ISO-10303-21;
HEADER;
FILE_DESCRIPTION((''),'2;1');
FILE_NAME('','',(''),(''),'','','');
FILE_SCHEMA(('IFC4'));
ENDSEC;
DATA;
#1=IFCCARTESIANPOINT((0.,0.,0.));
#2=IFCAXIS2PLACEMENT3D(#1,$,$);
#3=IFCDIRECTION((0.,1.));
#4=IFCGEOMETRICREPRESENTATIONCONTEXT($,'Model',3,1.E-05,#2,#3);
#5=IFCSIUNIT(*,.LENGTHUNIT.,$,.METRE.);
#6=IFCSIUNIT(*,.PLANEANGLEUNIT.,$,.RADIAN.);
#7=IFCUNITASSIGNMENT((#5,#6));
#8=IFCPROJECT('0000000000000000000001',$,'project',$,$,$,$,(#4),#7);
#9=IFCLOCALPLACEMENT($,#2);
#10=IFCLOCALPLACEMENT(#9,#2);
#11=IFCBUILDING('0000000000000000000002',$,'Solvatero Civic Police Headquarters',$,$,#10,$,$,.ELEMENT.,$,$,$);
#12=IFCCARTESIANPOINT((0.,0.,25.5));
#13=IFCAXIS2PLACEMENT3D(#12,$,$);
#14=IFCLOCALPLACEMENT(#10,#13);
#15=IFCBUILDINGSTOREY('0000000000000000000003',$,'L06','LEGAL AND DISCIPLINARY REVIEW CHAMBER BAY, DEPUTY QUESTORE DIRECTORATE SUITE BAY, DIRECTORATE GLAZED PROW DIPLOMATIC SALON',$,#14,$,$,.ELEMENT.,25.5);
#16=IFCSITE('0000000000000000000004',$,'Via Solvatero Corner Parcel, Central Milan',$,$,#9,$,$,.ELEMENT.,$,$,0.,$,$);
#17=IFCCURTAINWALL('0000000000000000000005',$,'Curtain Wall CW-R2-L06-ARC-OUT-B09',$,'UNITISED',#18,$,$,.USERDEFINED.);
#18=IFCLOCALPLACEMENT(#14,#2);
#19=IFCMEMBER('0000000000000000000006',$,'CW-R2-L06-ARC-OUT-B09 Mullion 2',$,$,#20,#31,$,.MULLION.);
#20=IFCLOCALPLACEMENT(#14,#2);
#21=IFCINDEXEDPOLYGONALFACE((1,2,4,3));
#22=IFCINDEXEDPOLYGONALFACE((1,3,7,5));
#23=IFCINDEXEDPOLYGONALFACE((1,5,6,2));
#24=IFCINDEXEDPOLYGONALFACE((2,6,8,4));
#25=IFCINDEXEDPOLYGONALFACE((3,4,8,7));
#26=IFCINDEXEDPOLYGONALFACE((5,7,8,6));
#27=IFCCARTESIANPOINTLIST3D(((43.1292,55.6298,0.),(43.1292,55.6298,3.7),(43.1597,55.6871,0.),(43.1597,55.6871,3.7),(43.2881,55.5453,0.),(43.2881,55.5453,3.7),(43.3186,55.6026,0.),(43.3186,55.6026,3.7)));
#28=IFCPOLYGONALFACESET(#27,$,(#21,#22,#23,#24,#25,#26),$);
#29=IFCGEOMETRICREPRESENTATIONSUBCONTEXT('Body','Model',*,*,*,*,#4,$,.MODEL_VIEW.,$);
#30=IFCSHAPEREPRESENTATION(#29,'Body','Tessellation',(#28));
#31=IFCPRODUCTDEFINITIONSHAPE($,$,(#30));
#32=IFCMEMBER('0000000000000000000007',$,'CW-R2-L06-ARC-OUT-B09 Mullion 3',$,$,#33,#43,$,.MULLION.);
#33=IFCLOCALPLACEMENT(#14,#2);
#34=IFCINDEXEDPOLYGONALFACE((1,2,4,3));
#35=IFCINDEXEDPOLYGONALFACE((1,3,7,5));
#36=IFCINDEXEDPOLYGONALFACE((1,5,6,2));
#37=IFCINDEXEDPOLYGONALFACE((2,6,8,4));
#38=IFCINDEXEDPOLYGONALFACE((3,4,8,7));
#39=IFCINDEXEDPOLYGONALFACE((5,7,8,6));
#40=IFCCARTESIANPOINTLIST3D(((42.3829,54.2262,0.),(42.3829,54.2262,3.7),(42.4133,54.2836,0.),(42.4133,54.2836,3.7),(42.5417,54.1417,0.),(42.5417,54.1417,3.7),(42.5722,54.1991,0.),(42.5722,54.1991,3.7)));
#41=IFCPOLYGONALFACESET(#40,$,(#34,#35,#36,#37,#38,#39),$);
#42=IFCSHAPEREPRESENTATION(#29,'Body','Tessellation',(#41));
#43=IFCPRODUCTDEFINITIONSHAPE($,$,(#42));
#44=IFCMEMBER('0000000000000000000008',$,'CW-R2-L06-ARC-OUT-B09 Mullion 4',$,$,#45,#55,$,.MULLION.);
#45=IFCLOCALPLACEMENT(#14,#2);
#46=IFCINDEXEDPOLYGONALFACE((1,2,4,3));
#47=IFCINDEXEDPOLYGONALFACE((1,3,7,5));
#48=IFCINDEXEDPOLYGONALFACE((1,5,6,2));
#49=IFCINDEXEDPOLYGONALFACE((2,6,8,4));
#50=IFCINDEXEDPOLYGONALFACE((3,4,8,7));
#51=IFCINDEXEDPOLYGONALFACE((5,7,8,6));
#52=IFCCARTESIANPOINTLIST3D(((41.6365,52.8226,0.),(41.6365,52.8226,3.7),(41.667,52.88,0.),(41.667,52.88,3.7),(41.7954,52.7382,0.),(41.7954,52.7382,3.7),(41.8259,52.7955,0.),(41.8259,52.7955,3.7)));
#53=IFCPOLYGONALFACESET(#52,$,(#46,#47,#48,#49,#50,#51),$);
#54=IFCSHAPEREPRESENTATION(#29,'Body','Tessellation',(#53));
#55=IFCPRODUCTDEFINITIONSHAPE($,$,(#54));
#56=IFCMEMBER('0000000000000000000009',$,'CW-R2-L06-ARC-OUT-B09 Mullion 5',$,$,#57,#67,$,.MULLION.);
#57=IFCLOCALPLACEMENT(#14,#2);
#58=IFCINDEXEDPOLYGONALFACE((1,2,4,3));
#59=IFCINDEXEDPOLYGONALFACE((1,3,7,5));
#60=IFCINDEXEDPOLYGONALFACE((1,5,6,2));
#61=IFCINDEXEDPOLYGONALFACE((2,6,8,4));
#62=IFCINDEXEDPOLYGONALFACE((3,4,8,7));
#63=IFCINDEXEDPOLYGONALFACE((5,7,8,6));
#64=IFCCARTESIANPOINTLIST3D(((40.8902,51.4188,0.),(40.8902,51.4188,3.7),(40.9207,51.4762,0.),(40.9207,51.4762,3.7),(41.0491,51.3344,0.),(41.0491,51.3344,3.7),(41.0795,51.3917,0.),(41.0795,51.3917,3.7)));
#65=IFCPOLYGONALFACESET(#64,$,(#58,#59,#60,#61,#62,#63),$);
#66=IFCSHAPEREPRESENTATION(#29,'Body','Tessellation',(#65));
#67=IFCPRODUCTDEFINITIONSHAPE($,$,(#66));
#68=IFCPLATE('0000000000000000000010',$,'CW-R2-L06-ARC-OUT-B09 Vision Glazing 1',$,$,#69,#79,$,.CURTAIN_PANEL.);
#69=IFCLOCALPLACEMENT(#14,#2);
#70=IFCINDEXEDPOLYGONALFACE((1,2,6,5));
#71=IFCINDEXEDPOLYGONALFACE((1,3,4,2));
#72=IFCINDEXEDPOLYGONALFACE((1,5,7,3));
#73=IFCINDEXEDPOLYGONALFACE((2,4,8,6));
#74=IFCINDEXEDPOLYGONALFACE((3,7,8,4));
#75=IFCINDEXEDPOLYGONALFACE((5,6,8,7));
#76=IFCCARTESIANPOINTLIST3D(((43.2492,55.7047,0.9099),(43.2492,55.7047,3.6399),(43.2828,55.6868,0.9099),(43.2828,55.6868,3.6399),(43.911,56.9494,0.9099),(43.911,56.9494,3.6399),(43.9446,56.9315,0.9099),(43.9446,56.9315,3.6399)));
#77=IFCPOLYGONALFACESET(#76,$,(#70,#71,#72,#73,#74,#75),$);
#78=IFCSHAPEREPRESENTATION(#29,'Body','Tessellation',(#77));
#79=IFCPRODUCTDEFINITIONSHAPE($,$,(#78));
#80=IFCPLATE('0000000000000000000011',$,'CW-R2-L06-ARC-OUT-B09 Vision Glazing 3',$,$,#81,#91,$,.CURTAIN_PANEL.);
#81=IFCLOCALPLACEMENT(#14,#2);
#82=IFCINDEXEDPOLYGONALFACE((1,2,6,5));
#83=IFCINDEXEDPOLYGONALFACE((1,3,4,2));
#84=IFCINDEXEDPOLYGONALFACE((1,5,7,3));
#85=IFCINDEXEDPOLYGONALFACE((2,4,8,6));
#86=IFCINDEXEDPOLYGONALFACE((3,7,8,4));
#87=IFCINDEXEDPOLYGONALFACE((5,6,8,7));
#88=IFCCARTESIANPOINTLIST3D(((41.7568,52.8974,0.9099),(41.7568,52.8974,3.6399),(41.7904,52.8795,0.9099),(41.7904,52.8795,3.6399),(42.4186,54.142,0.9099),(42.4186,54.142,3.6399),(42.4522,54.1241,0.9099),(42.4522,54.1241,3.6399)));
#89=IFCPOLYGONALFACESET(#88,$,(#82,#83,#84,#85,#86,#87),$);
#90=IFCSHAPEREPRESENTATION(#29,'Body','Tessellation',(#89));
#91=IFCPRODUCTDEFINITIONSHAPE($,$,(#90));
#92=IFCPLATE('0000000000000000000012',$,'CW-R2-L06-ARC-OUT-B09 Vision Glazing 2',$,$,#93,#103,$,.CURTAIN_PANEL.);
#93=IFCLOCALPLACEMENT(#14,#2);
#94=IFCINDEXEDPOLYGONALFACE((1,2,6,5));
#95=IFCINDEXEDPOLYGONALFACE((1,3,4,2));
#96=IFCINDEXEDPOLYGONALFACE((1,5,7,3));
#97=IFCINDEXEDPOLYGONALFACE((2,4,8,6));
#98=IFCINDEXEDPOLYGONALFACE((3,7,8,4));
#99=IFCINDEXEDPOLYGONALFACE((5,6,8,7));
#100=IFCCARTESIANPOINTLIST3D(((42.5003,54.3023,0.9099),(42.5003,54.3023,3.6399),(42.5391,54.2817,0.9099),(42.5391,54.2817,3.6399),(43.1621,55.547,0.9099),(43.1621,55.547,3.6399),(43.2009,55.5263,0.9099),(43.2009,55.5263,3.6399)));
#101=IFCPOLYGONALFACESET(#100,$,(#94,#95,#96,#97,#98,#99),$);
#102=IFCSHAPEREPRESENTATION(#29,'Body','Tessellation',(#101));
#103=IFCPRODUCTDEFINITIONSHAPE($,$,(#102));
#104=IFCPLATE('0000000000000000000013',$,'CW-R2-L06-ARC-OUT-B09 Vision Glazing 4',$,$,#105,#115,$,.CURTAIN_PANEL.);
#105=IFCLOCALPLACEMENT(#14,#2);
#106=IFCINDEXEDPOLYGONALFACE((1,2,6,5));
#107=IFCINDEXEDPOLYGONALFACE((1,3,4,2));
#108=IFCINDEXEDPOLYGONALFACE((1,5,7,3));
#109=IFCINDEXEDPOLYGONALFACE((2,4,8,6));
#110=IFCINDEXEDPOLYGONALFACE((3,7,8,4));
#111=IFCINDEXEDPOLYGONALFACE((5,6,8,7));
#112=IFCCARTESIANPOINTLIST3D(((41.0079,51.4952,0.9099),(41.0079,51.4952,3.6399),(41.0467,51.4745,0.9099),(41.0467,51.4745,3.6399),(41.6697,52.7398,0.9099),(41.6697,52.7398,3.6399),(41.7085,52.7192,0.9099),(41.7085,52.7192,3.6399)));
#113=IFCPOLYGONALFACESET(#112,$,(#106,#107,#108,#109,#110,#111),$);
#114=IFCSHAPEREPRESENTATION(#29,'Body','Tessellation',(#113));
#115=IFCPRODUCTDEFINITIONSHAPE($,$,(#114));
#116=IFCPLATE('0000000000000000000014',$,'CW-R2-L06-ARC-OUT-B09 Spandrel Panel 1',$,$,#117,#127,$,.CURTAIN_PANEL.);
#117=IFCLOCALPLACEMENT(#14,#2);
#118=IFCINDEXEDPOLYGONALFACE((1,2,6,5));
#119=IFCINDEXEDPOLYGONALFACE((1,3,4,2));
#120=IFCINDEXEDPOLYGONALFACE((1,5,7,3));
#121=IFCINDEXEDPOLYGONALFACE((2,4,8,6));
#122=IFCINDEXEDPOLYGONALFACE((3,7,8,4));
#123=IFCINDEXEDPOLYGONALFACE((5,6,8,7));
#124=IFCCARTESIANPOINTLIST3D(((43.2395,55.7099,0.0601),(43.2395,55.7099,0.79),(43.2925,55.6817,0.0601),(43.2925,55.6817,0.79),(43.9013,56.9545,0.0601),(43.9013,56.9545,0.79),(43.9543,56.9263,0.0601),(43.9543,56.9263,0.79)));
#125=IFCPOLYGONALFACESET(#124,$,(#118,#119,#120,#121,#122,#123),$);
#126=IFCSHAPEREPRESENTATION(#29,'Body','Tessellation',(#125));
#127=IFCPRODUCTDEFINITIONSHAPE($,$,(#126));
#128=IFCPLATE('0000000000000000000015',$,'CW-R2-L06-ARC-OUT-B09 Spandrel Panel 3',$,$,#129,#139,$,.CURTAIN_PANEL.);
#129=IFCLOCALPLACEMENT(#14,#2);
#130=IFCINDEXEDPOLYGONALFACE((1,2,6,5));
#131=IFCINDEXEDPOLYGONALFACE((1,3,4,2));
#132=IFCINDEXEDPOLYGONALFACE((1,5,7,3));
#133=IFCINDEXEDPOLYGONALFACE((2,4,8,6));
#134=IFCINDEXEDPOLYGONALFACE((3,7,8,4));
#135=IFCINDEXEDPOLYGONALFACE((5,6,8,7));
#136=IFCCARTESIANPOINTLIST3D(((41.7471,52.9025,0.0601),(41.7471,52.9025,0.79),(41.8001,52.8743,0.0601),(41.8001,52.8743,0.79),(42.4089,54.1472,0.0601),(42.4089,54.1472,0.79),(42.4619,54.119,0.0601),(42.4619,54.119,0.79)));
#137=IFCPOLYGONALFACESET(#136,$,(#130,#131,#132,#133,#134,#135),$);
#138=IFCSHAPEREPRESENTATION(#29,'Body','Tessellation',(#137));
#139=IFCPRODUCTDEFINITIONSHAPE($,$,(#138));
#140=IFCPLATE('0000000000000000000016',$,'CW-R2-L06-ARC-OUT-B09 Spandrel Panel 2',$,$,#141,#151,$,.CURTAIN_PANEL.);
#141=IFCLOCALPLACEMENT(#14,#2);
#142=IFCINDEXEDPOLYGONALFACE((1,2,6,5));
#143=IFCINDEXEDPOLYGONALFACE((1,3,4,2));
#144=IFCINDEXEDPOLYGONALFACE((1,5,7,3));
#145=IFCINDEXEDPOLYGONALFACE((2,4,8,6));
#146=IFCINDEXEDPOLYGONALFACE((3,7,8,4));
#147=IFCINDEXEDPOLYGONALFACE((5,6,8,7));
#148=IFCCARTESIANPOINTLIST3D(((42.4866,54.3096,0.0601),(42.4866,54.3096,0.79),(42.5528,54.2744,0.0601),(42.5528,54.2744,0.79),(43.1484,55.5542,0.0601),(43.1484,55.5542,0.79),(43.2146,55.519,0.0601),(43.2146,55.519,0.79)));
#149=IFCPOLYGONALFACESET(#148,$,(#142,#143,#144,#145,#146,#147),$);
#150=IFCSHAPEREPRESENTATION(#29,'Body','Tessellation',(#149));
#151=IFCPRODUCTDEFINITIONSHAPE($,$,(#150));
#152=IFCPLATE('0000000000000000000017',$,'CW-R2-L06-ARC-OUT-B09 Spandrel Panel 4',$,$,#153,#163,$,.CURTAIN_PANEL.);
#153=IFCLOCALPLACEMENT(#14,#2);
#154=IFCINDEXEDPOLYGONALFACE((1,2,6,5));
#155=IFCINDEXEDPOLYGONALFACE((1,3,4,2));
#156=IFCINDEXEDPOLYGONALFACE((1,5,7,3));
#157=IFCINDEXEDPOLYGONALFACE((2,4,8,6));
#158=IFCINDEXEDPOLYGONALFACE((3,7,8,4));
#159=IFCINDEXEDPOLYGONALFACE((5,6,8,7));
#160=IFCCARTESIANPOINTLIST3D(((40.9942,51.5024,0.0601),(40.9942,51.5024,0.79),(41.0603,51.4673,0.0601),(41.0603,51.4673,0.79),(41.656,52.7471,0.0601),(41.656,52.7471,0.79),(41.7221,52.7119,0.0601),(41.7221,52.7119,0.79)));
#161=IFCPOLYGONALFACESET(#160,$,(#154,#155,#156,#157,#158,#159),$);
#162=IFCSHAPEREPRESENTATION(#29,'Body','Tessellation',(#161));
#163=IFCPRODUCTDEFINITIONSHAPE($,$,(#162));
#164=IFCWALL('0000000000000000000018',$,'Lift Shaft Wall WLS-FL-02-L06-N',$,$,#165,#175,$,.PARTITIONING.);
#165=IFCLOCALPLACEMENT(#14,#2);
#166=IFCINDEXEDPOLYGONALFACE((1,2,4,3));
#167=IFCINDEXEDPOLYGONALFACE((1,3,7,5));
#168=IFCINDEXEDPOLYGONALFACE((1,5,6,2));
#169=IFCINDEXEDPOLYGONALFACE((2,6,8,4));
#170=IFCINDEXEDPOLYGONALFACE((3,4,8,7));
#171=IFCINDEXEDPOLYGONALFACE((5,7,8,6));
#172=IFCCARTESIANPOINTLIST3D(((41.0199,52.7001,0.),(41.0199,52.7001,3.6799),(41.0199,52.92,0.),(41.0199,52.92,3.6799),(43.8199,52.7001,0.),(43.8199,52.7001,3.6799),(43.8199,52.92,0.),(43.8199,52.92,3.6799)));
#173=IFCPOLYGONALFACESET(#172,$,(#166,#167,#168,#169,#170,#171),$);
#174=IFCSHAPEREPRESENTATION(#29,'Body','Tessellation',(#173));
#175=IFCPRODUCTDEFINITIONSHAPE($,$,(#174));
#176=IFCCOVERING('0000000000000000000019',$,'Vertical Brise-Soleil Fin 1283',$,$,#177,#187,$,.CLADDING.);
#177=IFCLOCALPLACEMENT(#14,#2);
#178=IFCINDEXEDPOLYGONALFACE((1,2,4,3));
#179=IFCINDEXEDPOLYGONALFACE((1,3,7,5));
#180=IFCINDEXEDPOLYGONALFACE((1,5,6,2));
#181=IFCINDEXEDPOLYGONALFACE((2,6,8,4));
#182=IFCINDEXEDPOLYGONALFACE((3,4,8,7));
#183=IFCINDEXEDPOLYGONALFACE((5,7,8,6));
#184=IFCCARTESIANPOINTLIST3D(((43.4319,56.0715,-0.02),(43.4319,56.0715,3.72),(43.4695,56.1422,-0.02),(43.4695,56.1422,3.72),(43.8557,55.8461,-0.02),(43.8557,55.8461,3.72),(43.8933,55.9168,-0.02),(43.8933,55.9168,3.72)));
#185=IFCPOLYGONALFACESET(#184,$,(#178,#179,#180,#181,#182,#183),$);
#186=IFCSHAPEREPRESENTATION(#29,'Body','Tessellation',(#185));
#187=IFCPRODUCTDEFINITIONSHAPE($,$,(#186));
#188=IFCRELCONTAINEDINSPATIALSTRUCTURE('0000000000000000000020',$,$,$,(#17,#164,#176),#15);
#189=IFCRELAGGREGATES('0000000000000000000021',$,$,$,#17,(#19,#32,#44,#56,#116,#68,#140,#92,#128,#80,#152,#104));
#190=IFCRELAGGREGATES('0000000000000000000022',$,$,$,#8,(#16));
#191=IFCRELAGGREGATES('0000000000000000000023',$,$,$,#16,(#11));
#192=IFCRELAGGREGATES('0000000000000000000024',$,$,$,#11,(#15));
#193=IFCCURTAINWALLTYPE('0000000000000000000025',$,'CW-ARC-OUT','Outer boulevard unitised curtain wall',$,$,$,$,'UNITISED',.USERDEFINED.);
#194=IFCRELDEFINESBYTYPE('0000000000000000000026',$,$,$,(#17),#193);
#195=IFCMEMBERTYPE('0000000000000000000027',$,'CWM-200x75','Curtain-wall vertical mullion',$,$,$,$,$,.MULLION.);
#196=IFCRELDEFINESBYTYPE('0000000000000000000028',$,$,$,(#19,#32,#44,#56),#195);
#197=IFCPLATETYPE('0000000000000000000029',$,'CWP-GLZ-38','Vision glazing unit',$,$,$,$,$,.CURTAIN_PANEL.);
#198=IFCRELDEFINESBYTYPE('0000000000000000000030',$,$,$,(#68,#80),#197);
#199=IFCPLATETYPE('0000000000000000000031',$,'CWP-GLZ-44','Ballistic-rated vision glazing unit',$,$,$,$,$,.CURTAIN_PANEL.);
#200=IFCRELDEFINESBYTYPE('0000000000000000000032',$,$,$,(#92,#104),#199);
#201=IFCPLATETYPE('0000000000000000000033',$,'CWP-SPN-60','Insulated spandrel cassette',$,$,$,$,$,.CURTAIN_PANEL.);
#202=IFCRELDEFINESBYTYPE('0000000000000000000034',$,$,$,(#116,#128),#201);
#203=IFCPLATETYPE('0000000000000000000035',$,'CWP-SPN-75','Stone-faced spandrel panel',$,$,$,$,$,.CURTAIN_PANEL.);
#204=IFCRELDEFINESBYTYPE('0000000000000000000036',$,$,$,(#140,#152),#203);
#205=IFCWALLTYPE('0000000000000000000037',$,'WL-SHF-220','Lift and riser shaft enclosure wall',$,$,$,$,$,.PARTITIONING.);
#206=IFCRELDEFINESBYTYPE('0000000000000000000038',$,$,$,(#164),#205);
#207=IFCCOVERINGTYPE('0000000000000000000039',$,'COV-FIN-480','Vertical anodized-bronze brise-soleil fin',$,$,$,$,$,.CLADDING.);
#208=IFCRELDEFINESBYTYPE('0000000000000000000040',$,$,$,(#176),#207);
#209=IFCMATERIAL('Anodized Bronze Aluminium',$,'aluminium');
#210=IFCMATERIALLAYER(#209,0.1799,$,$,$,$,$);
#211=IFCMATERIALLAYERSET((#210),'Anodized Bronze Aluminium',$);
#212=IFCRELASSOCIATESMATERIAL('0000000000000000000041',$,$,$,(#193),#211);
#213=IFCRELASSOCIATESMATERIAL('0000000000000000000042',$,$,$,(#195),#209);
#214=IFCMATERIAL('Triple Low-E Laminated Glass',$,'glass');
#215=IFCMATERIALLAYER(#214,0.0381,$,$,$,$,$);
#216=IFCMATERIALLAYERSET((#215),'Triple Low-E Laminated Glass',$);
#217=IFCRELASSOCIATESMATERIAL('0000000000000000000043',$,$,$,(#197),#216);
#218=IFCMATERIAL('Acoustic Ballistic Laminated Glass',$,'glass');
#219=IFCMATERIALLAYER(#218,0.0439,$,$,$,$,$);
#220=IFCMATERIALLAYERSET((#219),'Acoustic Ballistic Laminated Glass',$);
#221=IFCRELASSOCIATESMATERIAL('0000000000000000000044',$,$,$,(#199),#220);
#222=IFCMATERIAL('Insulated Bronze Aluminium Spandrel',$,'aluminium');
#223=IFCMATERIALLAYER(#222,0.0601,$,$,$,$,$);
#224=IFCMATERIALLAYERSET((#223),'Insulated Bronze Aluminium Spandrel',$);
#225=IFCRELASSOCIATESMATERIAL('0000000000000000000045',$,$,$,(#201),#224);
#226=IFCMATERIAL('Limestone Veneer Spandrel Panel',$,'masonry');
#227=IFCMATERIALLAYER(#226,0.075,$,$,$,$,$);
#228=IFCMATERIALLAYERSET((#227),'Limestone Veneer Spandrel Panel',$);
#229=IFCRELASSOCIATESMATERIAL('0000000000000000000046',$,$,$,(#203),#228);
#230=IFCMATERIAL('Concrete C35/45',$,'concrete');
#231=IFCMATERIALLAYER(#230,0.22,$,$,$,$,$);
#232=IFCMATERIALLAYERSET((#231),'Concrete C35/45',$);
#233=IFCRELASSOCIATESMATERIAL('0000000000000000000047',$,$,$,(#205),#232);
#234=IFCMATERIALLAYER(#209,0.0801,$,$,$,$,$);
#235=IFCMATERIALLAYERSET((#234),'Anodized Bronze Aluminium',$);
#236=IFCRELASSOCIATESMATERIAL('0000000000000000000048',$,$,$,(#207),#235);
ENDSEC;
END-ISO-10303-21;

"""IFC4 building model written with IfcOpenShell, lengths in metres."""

from ifc_helpers import new_model, si_unit, direction, frame, frame_2d, origin, origin_2d, place, context, subcontext, project, spatial, rectangle, extrude, material, layer, layer_set, material_profile, profile_set, type_object, element, aggregate, save


model = new_model("IFC4")

# Units and contexts
model_context = context("Model", 3, precision=1e-05, world=origin(), true_north=direction((0.0, 1.0)))
body_context = subcontext(model_context, "Body", "Model", "MODEL_VIEW")
ifc_project = project(units=[si_unit("LENGTHUNIT", "METRE"), si_unit("PLANEANGLEUNIT", "RADIAN")], contexts=[model_context])

# Site, building, storey
site_placement = place(None, origin())
site = spatial("IfcSite", under=ifc_project, at=site_placement, Name="Via Solvatero Corner Parcel, Central Milan", CompositionType="ELEMENT", RefElevation=0.0)
building_placement = place(site_placement, origin())
building = spatial("IfcBuilding", under=site, at=building_placement, Name="Solvatero Civic Police Headquarters", CompositionType="ELEMENT")
storey_placement = place(building_placement, frame((0.0, 0.0, 25.5)))
storey = spatial("IfcBuildingStorey", under=building, at=storey_placement, Name="L06", Description="LEGAL AND DISCIPLINARY REVIEW CHAMBER BAY, DEPUTY QUESTORE DIRECTORATE SUITE BAY, DIRECTORATE GLAZED PROW DIPLOMATIC SALON", CompositionType="ELEMENT", Elevation=25.5)

# Curtain wall, members, plates
ifc_material_1 = material(Name="Anodized Bronze Aluminium", Category="aluminium")
ifc_layer_1 = layer(ifc_material_1, 0.1799)
ifc_layer_set_1 = layer_set([ifc_layer_1], Name="Anodized Bronze Aluminium")
curtain_wall_type = type_object("IfcCurtainWallType", Name="CW-ARC-OUT", Description="Outer boulevard unitised curtain wall", ElementType="UNITISED", PredefinedType="USERDEFINED", material=ifc_layer_set_1)
curtain_wall_placement = place(storey_placement, origin())
curtain_wall = element("IfcCurtainWall", 1, at=curtain_wall_placement, inside=storey, type_object=curtain_wall_type, Name="Curtain Wall CW-R2-L06-ARC-OUT-B09", ObjectType="UNITISED", PredefinedType="USERDEFINED")
ifc_material_profile = material_profile(ifc_material_1, rectangle(XDim=0.0649, YDim=0.1799, at=origin_2d()), Name="ALU MULLION 65x180")
ifc_profile_set = profile_set([ifc_material_profile], Name="Anodized Bronze Aluminium")
member_type = type_object("IfcMemberType", Name="CWM-200x75", Description="Curtain-wall vertical mullion", PredefinedType="MULLION", material=ifc_profile_set)
member_1_placement = place(storey_placement, frame((43.2239, 55.6162, 0.0), z_axis=(0.0, 0.0, 1.0), x_axis=(-0.469472, -0.882948, 0.0)))
member_1 = element("IfcMember", 2, at=member_1_placement, type_object=member_type, Name="CW-R2-L06-ARC-OUT-B09 Mullion 2", PredefinedType="MULLION", context=body_context, shape_type="SweptSolid", body=[
    extrude(rectangle(XDim=0.0649, YDim=0.1799, at=origin_2d()), origin(), (0.0, 0.0, 1.0), 3.7),
])
member_2_placement = place(storey_placement, frame((42.4775, 54.2126, 0.0), z_axis=(0.0, 0.0, 1.0), x_axis=(-0.469472, -0.882948, 0.0)))
member_2 = element("IfcMember", 3, at=member_2_placement, type_object=member_type, Name="CW-R2-L06-ARC-OUT-B09 Mullion 3", PredefinedType="MULLION", context=body_context, shape_type="SweptSolid", body=[
    extrude(rectangle(XDim=0.0649, YDim=0.1799, at=origin_2d()), origin(), (0.0, 0.0, 1.0), 3.7),
])
member_3_placement = place(storey_placement, frame((41.7312, 52.8091, 0.0), z_axis=(0.0, 0.0, 1.0), x_axis=(-0.469472, -0.882948, 0.0)))
member_3 = element("IfcMember", 4, at=member_3_placement, type_object=member_type, Name="CW-R2-L06-ARC-OUT-B09 Mullion 4", PredefinedType="MULLION", context=body_context, shape_type="SweptSolid", body=[
    extrude(rectangle(XDim=0.0649, YDim=0.1799, at=origin_2d()), origin(), (0.0, 0.0, 1.0), 3.7),
])
member_4_placement = place(storey_placement, frame((40.9849, 51.4053, 0.0), z_axis=(0.0, 0.0, 1.0), x_axis=(-0.469472, -0.882948, 0.0)))
member_4 = element("IfcMember", 5, at=member_4_placement, type_object=member_type, Name="CW-R2-L06-ARC-OUT-B09 Mullion 5", PredefinedType="MULLION", context=body_context, shape_type="SweptSolid", body=[
    extrude(rectangle(XDim=0.0649, YDim=0.1799, at=origin_2d()), origin(), (0.0, 0.0, 1.0), 3.7),
])
ifc_material_2 = material(Name="Triple Low-E Laminated Glass", Category="glass")
ifc_layer_2 = layer(ifc_material_2, 0.0381)
ifc_layer_set_2 = layer_set([ifc_layer_2], Name="Triple Low-E Laminated Glass")
plate_type_1 = type_object("IfcPlateType", Name="CWP-GLZ-38", Description="Vision glazing unit", PredefinedType="CURTAIN_PANEL", material=ifc_layer_set_2)
plate_1_placement = place(storey_placement, frame((43.5969, 56.3181, 0.9099), z_axis=(0.0, 0.0, 1.0), x_axis=(-0.469472, -0.882948, 0.0)))
plate_1 = element("IfcPlate", 6, at=plate_1_placement, type_object=plate_type_1, Name="CW-R2-L06-ARC-OUT-B09 Vision Glazing 1", PredefinedType="CURTAIN_PANEL", context=body_context, shape_type="SweptSolid", body=[
    extrude(rectangle(XDim=1.4097, YDim=0.0381, at=origin_2d()), origin(), (0.0, 0.0, 1.0), 2.73),
])
plate_2_placement = place(storey_placement, frame((42.1045, 53.5107, 0.9099), z_axis=(0.0, 0.0, 1.0), x_axis=(-0.469472, -0.882948, 0.0)))
plate_2 = element("IfcPlate", 7, at=plate_2_placement, type_object=plate_type_1, Name="CW-R2-L06-ARC-OUT-B09 Vision Glazing 3", PredefinedType="CURTAIN_PANEL", context=body_context, shape_type="SweptSolid", body=[
    extrude(rectangle(XDim=1.4097, YDim=0.0381, at=origin_2d()), origin(), (0.0, 0.0, 1.0), 2.73),
])
ifc_material_3 = material(Name="Acoustic Ballistic Laminated Glass", Category="glass")
ifc_layer_3 = layer(ifc_material_3, 0.0439)
ifc_layer_set_3 = layer_set([ifc_layer_3], Name="Acoustic Ballistic Laminated Glass")
plate_type_2 = type_object("IfcPlateType", Name="CWP-GLZ-44", Description="Ballistic-rated vision glazing unit", PredefinedType="CURTAIN_PANEL", material=ifc_layer_set_3)
plate_3_placement = place(storey_placement, frame((42.8506, 54.9143, 0.9099), z_axis=(0.0, 0.0, 1.0), x_axis=(-0.469472, -0.882948, 0.0)))
plate_3 = element("IfcPlate", 8, at=plate_3_placement, type_object=plate_type_2, Name="CW-R2-L06-ARC-OUT-B09 Vision Glazing 2", PredefinedType="CURTAIN_PANEL", context=body_context, shape_type="SweptSolid", body=[
    extrude(rectangle(XDim=1.4097, YDim=0.0439, at=origin_2d()), origin(), (0.0, 0.0, 1.0), 2.73),
])
plate_4_placement = place(storey_placement, frame((41.3582, 52.1072, 0.9099), z_axis=(0.0, 0.0, 1.0), x_axis=(-0.469472, -0.882948, 0.0)))
plate_4 = element("IfcPlate", 9, at=plate_4_placement, type_object=plate_type_2, Name="CW-R2-L06-ARC-OUT-B09 Vision Glazing 4", PredefinedType="CURTAIN_PANEL", context=body_context, shape_type="SweptSolid", body=[
    extrude(rectangle(XDim=1.4097, YDim=0.0439, at=origin_2d()), origin(), (0.0, 0.0, 1.0), 2.73),
])
ifc_material_4 = material(Name="Insulated Bronze Aluminium Spandrel", Category="aluminium")
ifc_layer_4 = layer(ifc_material_4, 0.0601)
ifc_layer_set_4 = layer_set([ifc_layer_4], Name="Insulated Bronze Aluminium Spandrel")
plate_type_3 = type_object("IfcPlateType", Name="CWP-SPN-60", Description="Insulated spandrel cassette", PredefinedType="CURTAIN_PANEL", material=ifc_layer_set_4)
plate_5_placement = place(storey_placement, frame((43.5969, 56.3181, 0.0601), z_axis=(0.0, 0.0, 1.0), x_axis=(-0.469472, -0.882948, 0.0)))
plate_5 = element("IfcPlate", 10, at=plate_5_placement, type_object=plate_type_3, Name="CW-R2-L06-ARC-OUT-B09 Spandrel Panel 1", PredefinedType="CURTAIN_PANEL", context=body_context, shape_type="SweptSolid", body=[
    extrude(rectangle(XDim=1.4097, YDim=0.0601, at=origin_2d()), origin(), (0.0, 0.0, 1.0), 0.73),
])
plate_6_placement = place(storey_placement, frame((42.1045, 53.5107, 0.0601), z_axis=(0.0, 0.0, 1.0), x_axis=(-0.469472, -0.882948, 0.0)))
plate_6 = element("IfcPlate", 11, at=plate_6_placement, type_object=plate_type_3, Name="CW-R2-L06-ARC-OUT-B09 Spandrel Panel 3", PredefinedType="CURTAIN_PANEL", context=body_context, shape_type="SweptSolid", body=[
    extrude(rectangle(XDim=1.4097, YDim=0.0601, at=origin_2d()), origin(), (0.0, 0.0, 1.0), 0.73),
])
ifc_material_5 = material(Name="Limestone Veneer Spandrel Panel", Category="masonry")
ifc_layer_5 = layer(ifc_material_5, 0.075)
ifc_layer_set_5 = layer_set([ifc_layer_5], Name="Limestone Veneer Spandrel Panel")
plate_type_4 = type_object("IfcPlateType", Name="CWP-SPN-75", Description="Stone-faced spandrel panel", PredefinedType="CURTAIN_PANEL", material=ifc_layer_set_5)
plate_7_placement = place(storey_placement, frame((42.8506, 54.9143, 0.0601), z_axis=(0.0, 0.0, 1.0), x_axis=(-0.469472, -0.882948, 0.0)))
plate_7 = element("IfcPlate", 12, at=plate_7_placement, type_object=plate_type_4, Name="CW-R2-L06-ARC-OUT-B09 Spandrel Panel 2", PredefinedType="CURTAIN_PANEL", context=body_context, shape_type="SweptSolid", body=[
    extrude(rectangle(XDim=1.4097, YDim=0.075, at=origin_2d()), origin(), (0.0, 0.0, 1.0), 0.73),
])
plate_8_placement = place(storey_placement, frame((41.3582, 52.1072, 0.0601), z_axis=(0.0, 0.0, 1.0), x_axis=(-0.469472, -0.882948, 0.0)))
plate_8 = element("IfcPlate", 13, at=plate_8_placement, type_object=plate_type_4, Name="CW-R2-L06-ARC-OUT-B09 Spandrel Panel 4", PredefinedType="CURTAIN_PANEL", context=body_context, shape_type="SweptSolid", body=[
    extrude(rectangle(XDim=1.4097, YDim=0.075, at=origin_2d()), origin(), (0.0, 0.0, 1.0), 0.73),
])
aggregate(curtain_wall, [member_1, member_2, member_3, member_4, plate_5, plate_1, plate_7, plate_3, plate_6, plate_2, plate_8, plate_4])

# Wall
ifc_material_6 = material(Name="Concrete C35/45", Category="concrete")
ifc_layer_6 = layer(ifc_material_6, 0.22)
ifc_layer_set_6 = layer_set([ifc_layer_6], Name="Concrete C35/45")
wall_type = type_object("IfcWallType", Name="WL-SHF-220", Description="Lift and riser shaft enclosure wall", PredefinedType="PARTITIONING", material=ifc_layer_set_6)
wall_placement = place(storey_placement, frame((41.02, 52.8101, 0.0), z_axis=(0.0, 0.0, 1.0), x_axis=(1.0, 0.0, 0.0)))
element("IfcWall", 14, at=wall_placement, inside=storey, type_object=wall_type, Name="Lift Shaft Wall WLS-FL-02-L06-N", PredefinedType="PARTITIONING", context=body_context, shape_type="SweptSolid", body=[
    extrude(rectangle(XDim=2.8, YDim=0.22, at=frame_2d((1.3999, 0.0))), origin(), (0.0, 0.0, 1.0), 3.6799),
])

# Covering
ifc_layer_7 = layer(ifc_material_1, 0.0801)
ifc_layer_set_7 = layer_set([ifc_layer_7], Name="Anodized Bronze Aluminium")
covering_type = type_object("IfcCoveringType", Name="COV-FIN-480", Description="Vertical anodized-bronze brise-soleil fin", PredefinedType="CLADDING", material=ifc_layer_set_7)
for number, where, z_axis, x_axis, name in (
    (15, (43.6626, 55.9941, -0.02), (0.0, 0.0, 1.0), (-0.469472, -0.882948, 0.0), "Vertical Brise-Soleil Fin 1283"),
):
    element("IfcCovering", number, at=place(storey_placement, frame(where, z_axis=z_axis, x_axis=x_axis)), inside=storey, type_object=covering_type, Name=name, PredefinedType="CLADDING", context=body_context, shape_type="SweptSolid", body=[
        extrude(rectangle(XDim=0.0801, YDim=0.48, at=origin_2d()), origin(), (0.0, 0.0, 1.0), 3.74),
    ])

save(model, "model.ifc")
